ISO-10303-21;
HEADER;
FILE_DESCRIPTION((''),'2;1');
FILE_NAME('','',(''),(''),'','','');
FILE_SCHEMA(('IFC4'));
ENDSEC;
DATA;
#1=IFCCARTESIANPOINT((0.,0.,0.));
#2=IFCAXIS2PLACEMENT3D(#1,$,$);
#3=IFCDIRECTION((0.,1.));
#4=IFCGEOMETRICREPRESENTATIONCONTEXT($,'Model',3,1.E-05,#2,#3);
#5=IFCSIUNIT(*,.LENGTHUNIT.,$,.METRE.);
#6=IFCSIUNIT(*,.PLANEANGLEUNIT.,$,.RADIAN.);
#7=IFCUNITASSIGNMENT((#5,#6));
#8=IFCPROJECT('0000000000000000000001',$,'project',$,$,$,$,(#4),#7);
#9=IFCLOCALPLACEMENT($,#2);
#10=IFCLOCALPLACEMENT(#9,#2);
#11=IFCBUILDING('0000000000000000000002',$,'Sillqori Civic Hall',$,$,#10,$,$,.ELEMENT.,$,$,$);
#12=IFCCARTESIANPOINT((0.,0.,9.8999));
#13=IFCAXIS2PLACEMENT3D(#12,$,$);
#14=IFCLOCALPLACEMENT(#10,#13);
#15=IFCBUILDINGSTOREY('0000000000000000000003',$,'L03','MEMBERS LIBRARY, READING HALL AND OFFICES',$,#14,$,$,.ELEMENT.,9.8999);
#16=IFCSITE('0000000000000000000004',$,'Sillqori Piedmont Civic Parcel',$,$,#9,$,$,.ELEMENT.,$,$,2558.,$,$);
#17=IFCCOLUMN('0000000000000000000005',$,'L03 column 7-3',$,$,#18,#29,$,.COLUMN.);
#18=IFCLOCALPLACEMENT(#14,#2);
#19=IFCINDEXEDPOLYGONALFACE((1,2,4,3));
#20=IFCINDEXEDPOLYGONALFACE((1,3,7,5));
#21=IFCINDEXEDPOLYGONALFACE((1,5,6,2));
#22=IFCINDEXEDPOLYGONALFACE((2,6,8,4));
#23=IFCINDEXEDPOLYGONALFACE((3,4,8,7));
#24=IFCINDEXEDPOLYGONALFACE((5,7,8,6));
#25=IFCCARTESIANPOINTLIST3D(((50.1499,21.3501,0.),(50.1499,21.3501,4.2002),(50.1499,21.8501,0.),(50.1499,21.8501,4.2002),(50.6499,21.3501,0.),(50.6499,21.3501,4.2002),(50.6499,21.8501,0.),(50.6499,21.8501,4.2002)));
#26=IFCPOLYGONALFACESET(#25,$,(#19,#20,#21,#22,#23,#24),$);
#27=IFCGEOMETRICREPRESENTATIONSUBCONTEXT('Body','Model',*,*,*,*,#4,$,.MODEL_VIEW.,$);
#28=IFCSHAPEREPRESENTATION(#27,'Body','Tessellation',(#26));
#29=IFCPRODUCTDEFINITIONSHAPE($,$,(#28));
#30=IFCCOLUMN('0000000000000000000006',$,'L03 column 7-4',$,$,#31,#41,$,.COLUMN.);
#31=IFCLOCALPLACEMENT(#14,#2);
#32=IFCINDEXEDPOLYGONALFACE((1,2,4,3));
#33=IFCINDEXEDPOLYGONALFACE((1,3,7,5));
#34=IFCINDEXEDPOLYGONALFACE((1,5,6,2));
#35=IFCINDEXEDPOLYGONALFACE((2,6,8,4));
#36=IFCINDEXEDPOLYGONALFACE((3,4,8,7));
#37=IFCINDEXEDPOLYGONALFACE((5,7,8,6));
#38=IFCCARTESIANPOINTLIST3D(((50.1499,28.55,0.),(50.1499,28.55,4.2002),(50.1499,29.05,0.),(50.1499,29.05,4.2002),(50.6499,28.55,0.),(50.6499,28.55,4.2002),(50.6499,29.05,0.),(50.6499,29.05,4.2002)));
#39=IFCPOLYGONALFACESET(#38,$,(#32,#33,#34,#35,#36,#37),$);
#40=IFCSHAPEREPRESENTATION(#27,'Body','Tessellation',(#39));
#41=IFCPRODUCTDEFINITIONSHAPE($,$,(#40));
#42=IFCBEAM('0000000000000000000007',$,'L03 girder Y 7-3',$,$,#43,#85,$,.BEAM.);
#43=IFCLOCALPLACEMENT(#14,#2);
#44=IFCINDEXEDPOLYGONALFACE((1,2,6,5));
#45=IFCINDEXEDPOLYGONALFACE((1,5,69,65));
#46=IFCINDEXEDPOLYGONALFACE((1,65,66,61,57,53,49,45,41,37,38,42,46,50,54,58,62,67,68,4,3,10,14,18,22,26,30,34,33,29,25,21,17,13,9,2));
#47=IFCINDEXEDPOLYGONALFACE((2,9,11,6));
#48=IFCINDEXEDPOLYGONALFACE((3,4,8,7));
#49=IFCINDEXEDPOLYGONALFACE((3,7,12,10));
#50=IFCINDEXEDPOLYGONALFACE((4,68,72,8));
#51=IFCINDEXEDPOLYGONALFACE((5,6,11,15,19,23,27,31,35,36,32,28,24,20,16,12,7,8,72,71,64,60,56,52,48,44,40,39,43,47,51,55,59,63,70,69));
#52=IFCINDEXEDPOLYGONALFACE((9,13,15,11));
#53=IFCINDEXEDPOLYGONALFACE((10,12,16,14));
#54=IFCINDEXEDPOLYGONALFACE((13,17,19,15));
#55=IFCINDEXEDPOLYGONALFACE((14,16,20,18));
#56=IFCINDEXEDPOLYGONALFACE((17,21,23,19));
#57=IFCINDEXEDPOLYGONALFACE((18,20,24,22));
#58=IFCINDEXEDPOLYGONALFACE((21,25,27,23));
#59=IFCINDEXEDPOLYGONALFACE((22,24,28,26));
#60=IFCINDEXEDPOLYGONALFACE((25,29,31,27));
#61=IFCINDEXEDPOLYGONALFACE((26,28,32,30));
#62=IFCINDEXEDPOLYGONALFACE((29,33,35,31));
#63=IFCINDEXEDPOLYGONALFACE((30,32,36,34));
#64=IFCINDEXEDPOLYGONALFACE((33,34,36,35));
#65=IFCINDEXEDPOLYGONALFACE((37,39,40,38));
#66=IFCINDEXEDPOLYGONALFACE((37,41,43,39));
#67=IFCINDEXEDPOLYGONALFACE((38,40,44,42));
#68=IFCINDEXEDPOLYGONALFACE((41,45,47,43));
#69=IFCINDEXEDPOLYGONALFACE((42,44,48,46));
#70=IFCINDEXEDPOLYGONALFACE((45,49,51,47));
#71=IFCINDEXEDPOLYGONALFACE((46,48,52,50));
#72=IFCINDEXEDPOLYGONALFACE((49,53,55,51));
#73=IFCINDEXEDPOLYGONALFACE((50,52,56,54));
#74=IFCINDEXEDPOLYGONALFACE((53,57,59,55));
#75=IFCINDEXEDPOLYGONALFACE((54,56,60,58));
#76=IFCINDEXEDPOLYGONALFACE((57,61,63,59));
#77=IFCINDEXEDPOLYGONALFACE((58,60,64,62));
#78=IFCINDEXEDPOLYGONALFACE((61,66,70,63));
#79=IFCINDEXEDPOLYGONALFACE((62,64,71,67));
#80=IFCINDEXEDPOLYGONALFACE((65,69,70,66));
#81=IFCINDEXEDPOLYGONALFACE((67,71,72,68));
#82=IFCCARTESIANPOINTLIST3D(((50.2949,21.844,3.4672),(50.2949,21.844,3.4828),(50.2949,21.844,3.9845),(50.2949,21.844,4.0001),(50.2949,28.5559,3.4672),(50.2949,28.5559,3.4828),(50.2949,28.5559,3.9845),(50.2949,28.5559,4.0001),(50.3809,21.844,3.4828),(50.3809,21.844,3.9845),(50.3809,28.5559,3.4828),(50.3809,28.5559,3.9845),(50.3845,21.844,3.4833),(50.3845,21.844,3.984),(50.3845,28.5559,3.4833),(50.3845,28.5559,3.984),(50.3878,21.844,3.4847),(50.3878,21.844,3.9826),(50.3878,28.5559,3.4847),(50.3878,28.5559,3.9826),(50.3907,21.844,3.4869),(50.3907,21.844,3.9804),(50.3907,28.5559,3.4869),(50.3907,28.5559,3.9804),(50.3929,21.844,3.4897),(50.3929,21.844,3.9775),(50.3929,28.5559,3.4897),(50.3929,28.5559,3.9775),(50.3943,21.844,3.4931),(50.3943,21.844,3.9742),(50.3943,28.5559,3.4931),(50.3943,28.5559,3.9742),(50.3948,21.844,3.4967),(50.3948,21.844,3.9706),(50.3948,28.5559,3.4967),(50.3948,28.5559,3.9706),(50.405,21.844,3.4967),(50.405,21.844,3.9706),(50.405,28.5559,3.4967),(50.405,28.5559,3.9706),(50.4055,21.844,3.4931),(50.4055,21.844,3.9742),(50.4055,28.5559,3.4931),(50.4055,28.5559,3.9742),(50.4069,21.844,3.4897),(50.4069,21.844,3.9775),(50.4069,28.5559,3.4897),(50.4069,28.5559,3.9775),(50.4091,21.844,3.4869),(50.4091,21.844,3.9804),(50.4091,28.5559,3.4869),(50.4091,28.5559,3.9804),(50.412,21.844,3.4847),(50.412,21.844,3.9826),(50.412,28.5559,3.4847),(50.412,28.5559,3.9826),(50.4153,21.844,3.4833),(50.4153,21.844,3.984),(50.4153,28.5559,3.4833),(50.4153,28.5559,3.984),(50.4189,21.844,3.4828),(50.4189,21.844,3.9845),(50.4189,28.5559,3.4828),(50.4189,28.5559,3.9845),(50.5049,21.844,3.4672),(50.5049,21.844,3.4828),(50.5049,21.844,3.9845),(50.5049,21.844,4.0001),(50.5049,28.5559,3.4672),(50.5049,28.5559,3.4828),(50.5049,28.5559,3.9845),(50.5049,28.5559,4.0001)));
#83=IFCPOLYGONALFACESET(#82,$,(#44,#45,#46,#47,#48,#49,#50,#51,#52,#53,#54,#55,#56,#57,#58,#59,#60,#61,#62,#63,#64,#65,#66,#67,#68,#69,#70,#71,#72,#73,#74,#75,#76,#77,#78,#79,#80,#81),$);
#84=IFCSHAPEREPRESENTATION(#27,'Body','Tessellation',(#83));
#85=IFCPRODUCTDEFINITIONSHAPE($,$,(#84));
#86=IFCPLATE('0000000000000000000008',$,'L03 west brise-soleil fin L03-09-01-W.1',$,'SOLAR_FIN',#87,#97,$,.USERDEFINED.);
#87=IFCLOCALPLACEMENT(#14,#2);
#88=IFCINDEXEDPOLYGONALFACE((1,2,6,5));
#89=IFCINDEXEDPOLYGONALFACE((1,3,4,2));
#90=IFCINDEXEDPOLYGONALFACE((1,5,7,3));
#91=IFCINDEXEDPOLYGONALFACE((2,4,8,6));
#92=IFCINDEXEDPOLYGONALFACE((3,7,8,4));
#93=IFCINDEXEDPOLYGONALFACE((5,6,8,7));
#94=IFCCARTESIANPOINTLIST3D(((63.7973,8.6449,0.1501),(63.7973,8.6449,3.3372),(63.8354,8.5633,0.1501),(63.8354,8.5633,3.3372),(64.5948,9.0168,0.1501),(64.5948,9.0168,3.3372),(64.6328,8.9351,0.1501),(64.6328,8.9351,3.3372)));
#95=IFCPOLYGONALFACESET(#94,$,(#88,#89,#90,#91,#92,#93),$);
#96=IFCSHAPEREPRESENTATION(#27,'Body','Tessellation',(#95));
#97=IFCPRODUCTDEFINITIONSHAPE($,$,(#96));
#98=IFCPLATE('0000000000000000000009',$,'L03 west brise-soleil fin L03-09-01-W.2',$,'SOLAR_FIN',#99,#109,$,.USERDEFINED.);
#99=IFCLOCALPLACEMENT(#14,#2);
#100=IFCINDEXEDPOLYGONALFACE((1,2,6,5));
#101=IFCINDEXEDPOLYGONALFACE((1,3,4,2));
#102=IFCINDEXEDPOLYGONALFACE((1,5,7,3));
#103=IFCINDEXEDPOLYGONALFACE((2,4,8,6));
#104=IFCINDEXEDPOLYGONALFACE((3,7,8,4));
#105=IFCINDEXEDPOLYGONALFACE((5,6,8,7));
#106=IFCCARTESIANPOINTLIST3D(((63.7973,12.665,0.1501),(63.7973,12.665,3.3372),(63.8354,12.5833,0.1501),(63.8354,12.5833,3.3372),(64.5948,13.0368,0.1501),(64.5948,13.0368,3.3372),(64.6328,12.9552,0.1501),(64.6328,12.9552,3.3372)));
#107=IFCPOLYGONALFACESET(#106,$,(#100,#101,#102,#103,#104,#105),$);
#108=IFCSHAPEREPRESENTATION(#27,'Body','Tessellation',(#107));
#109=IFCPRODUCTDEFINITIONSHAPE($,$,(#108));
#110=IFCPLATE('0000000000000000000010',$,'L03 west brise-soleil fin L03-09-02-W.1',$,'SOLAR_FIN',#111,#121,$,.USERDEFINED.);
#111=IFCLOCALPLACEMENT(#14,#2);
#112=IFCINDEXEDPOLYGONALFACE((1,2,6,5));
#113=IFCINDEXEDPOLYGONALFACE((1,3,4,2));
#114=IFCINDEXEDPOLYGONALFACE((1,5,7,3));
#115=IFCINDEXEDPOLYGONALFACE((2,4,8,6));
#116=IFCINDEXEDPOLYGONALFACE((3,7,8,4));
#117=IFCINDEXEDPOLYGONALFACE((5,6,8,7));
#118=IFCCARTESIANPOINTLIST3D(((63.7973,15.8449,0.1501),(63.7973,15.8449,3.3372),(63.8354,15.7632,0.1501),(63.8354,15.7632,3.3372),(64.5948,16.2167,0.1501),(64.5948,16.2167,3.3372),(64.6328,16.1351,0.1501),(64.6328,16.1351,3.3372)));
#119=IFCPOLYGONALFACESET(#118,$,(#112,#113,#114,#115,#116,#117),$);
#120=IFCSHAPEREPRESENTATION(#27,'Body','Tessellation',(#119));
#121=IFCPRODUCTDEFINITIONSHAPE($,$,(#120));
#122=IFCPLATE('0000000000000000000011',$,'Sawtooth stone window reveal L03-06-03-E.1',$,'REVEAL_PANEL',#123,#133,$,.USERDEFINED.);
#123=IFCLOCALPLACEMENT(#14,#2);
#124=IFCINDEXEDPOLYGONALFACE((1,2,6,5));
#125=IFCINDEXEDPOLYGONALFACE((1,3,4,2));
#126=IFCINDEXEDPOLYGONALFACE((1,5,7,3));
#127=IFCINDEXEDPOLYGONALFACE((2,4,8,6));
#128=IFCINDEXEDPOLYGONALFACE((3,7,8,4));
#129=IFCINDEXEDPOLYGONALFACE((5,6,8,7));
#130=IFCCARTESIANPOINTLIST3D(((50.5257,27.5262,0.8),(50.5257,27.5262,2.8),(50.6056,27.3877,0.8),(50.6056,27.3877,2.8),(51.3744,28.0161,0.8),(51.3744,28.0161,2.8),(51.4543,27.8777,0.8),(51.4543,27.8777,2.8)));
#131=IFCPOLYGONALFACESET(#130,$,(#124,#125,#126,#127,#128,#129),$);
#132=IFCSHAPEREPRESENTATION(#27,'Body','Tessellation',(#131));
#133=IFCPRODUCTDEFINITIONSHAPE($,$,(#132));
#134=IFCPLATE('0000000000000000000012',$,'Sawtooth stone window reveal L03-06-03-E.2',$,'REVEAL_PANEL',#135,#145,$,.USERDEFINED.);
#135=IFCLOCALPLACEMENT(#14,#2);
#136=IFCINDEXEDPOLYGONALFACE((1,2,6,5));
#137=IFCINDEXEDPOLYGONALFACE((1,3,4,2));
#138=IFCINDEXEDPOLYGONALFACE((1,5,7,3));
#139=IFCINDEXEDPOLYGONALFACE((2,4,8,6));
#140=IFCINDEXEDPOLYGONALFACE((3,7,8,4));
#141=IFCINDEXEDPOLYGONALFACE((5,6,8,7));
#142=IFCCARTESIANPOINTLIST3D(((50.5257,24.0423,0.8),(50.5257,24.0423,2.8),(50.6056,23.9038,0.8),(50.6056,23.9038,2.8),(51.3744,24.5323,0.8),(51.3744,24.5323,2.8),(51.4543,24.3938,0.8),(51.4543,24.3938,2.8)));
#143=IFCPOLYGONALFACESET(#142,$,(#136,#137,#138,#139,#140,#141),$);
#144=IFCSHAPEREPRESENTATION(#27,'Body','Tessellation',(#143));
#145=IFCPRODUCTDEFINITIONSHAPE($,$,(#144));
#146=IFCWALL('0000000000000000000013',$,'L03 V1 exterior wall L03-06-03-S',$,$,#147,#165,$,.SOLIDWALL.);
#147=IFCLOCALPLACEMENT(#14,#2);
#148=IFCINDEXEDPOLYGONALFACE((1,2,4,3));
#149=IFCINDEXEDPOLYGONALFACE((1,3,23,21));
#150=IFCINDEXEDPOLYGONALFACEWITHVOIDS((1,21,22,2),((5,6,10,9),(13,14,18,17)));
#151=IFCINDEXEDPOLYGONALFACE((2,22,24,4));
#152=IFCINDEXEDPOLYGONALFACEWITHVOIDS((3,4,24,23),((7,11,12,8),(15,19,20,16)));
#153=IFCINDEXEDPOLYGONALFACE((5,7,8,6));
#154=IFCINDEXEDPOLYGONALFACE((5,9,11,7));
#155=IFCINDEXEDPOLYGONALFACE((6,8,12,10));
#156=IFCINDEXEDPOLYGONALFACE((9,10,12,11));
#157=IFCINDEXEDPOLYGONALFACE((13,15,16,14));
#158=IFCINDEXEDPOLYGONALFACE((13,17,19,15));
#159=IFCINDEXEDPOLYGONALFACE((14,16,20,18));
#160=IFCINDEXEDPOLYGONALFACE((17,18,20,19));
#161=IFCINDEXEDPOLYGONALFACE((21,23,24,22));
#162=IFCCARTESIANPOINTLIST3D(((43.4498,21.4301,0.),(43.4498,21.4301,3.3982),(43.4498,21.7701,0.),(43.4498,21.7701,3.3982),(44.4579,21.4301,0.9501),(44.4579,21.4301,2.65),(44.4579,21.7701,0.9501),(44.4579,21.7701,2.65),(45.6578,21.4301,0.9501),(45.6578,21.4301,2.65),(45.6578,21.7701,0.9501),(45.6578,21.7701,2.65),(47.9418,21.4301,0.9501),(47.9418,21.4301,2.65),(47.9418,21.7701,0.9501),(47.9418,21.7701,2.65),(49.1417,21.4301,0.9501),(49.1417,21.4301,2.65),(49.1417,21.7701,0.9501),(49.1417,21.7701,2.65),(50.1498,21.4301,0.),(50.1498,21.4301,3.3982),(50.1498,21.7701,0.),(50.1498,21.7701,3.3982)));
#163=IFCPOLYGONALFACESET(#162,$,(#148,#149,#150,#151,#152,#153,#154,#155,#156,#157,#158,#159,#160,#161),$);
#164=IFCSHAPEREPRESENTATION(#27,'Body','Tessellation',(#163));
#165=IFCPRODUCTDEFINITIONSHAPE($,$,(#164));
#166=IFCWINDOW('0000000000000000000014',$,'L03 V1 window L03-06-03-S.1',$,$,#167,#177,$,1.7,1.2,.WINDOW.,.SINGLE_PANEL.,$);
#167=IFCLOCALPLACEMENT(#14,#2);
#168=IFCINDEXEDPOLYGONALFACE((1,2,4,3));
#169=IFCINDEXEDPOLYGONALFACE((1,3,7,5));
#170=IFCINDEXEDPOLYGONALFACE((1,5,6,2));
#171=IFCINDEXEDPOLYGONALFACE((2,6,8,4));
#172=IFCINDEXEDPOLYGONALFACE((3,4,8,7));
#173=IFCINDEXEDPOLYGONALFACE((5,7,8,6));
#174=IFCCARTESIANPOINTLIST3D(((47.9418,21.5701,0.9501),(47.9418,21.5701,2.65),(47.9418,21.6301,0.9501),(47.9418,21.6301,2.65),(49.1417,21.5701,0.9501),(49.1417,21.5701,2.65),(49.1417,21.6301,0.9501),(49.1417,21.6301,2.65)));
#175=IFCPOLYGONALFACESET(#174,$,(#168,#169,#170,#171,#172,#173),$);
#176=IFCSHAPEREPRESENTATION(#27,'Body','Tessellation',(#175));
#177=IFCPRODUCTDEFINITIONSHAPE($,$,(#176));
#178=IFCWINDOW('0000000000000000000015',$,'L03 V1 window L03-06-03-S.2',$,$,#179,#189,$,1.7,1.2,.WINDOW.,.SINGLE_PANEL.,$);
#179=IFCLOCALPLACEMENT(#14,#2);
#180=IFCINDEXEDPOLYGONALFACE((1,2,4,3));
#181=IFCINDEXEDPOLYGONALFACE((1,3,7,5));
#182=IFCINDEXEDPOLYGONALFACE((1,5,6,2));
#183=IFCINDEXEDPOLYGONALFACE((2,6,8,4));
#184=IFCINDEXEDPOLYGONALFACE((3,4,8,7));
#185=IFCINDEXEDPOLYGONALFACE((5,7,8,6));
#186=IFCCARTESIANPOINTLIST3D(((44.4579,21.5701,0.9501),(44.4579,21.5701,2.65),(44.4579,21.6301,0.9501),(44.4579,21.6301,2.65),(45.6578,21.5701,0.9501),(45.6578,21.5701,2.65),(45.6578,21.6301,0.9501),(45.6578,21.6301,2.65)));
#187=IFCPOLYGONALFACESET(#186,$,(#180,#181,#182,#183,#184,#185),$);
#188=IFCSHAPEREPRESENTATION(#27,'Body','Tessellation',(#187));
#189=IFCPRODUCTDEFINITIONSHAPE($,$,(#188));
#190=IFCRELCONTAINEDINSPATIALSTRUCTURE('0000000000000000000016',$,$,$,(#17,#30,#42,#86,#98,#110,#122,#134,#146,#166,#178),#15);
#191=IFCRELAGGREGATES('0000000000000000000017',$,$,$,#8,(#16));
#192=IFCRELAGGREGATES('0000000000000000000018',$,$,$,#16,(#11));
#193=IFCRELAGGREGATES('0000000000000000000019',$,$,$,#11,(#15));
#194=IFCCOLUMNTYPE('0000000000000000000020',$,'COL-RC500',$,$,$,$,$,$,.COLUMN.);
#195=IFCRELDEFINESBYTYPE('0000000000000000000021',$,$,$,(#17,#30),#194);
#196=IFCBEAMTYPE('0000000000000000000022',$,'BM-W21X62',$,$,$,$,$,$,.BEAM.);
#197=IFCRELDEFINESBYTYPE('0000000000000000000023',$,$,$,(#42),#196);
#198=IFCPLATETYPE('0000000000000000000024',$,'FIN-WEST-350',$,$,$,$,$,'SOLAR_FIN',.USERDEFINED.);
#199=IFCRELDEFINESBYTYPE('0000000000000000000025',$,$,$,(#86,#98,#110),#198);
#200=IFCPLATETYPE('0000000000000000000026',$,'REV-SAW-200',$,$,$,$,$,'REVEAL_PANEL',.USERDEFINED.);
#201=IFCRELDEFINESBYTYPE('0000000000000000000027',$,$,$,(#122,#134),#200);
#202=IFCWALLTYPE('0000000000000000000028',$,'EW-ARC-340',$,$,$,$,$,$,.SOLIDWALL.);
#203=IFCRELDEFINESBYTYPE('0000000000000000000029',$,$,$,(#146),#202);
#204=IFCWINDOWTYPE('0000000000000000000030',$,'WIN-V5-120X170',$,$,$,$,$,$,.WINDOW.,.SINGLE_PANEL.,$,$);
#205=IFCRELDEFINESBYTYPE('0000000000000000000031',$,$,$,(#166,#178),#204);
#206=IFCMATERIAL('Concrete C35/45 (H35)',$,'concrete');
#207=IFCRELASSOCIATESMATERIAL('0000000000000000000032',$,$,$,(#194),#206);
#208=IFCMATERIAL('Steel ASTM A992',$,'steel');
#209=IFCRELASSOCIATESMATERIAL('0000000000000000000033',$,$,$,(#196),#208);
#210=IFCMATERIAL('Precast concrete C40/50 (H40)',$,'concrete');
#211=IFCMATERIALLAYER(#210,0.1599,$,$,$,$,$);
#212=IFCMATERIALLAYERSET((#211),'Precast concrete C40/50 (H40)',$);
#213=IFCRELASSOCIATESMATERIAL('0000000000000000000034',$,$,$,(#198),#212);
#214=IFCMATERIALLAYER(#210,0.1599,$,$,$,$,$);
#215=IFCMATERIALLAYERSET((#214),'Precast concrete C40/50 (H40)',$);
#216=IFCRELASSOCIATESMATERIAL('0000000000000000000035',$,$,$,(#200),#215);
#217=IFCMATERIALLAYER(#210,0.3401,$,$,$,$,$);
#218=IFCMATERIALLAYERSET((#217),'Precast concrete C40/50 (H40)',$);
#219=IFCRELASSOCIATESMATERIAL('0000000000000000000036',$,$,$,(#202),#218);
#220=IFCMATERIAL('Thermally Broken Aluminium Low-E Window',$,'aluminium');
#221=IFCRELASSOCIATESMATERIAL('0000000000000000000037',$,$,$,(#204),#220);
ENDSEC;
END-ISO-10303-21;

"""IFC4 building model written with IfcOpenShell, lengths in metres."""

from ifc_helpers import new_model, si_unit, direction, frame, frame_2d, origin, origin_2d, place, context, subcontext, project, spatial, rectangle, i_section, extrude, material, layer, layer_set, material_profile, profile_set, type_object, element, fill, save


model = new_model("IFC4")

# Units and contexts
model_context = context("Model", 3, precision=1e-05, world=origin(), true_north=direction((0.0, 1.0)))
body_context = subcontext(model_context, "Body", "Model", "MODEL_VIEW")
ifc_project = project(units=[si_unit("LENGTHUNIT", "METRE"), si_unit("PLANEANGLEUNIT", "RADIAN")], contexts=[model_context])

# Site, building, storey
site_placement = place(None, origin())
site = spatial("IfcSite", under=ifc_project, at=site_placement, Name="Sillqori Piedmont Civic Parcel", CompositionType="ELEMENT", RefElevation=2558.0)
building_placement = place(site_placement, origin())
building = spatial("IfcBuilding", under=site, at=building_placement, Name="Sillqori Civic Hall", CompositionType="ELEMENT")
storey_placement = place(building_placement, frame((0.0, 0.0, 9.8999)))
storey = spatial("IfcBuildingStorey", under=building, at=storey_placement, Name="L03", Description="MEMBERS LIBRARY, READING HALL AND OFFICES", CompositionType="ELEMENT", Elevation=9.8999)

# Columns
ifc_material_1 = material(Name="Concrete C35/45 (H35)", Category="concrete")
ifc_material_profile_1 = material_profile(ifc_material_1, rectangle(XDim=0.5, YDim=0.5, at=origin_2d()), Name="RC 500x500")
ifc_profile_set_1 = profile_set([ifc_material_profile_1], Name="Concrete C35/45 (H35)")
column_type = type_object("IfcColumnType", Name="COL-RC500", PredefinedType="COLUMN", material=ifc_profile_set_1)
for number, where, z_axis, x_axis, name in (
    (1, (50.3999, 21.6001, 0.0), (0.0, 0.0, 1.0), (1.0, 0.0, 0.0), "L03 column 7-3"),
    (2, (50.3999, 28.8, 0.0), (0.0, 0.0, 1.0), (1.0, 0.0, 0.0), "L03 column 7-4"),
):
    element("IfcColumn", number, at=place(storey_placement, frame(where, z_axis=z_axis, x_axis=x_axis)), inside=storey, type_object=column_type, Name=name, PredefinedType="COLUMN", context=body_context, shape_type="SweptSolid", body=[
        extrude(rectangle(XDim=0.5, YDim=0.5, at=origin_2d()), origin(), (0.0, 0.0, 1.0), 4.2002),
    ])

# Beam
ifc_material_2 = material(Name="Steel ASTM A992", Category="steel")
ifc_material_profile_2 = material_profile(ifc_material_2, i_section(OverallWidth=0.21, OverallDepth=0.533, WebThickness=0.0103, FlangeThickness=0.0156, FilletRadius=0.0139, at=origin_2d()), Name="W21X62")
ifc_profile_set_2 = profile_set([ifc_material_profile_2], Name="Steel ASTM A992")
beam_type = type_object("IfcBeamType", Name="BM-W21X62", PredefinedType="BEAM", material=ifc_profile_set_2)
beam_placement = place(storey_placement, frame((50.3999, 21.844, 3.7336), z_axis=(0.0, 1.0, 0.0), x_axis=(-1.0, 0.0, 0.0)))
element("IfcBeam", 3, at=beam_placement, inside=storey, type_object=beam_type, Name="L03 girder Y 7-3", PredefinedType="BEAM", context=body_context, shape_type="SweptSolid", body=[
    extrude(i_section(OverallWidth=0.21, OverallDepth=0.533, WebThickness=0.0103, FlangeThickness=0.0156, FilletRadius=0.0139, at=origin_2d()), origin(), (0.0, 0.0, 1.0), 6.7119),
])

# Plates
ifc_material_3 = material(Name="Precast concrete C40/50 (H40)", Category="concrete")
ifc_layer_1 = layer(ifc_material_3, 0.1599)
ifc_layer_set_1 = layer_set([ifc_layer_1], Name="Precast concrete C40/50 (H40)")
plate_type_1 = type_object("IfcPlateType", Name="FIN-WEST-350", ElementType="SOLAR_FIN", PredefinedType="USERDEFINED", material=ifc_layer_set_1)
for number, where, z_axis, x_axis, name in (
    (4, (64.2151, 8.79, 0.1501), (0.0, 0.0, 1.0), (-0.422618, 0.906308, 0.0), "L03 west brise-soleil fin L03-09-01-W.1"),
    (5, (64.2151, 12.8101, 0.1501), (0.0, 0.0, 1.0), (-0.422618, 0.906308, 0.0), "L03 west brise-soleil fin L03-09-01-W.2"),
    (6, (64.2151, 15.99, 0.1501), (0.0, 0.0, 1.0), (-0.422618, 0.906308, 0.0), "L03 west brise-soleil fin L03-09-02-W.1"),
):
    element("IfcPlate", number, at=place(storey_placement, frame(where, z_axis=z_axis, x_axis=x_axis)), inside=storey, type_object=plate_type_1, Name=name, ObjectType="SOLAR_FIN", PredefinedType="USERDEFINED", context=body_context, shape_type="SweptSolid", body=[
        extrude(rectangle(XDim=0.0901, YDim=0.8799, at=origin_2d()), origin(), (0.0, 0.0, 1.0), 3.187),
    ])
ifc_layer_2 = layer(ifc_material_3, 0.1599)
ifc_layer_set_2 = layer_set([ifc_layer_2], Name="Precast concrete C40/50 (H40)")
plate_type_2 = type_object("IfcPlateType", Name="REV-SAW-200", ElementType="REVEAL_PANEL", PredefinedType="USERDEFINED", material=ifc_layer_set_2)
for number, where, z_axis, x_axis, name in (
    (7, (50.99, 27.7019, 0.8), (0.0, 0.0, 1.0), (0.5, -0.866025, 0.0), "Sawtooth stone window reveal L03-06-03-E.1"),
    (8, (50.99, 24.218, 0.8), (0.0, 0.0, 1.0), (0.5, -0.866025, 0.0), "Sawtooth stone window reveal L03-06-03-E.2"),
):
    element("IfcPlate", number, at=place(storey_placement, frame(where, z_axis=z_axis, x_axis=x_axis)), inside=storey, type_object=plate_type_2, Name=name, ObjectType="REVEAL_PANEL", PredefinedType="USERDEFINED", context=body_context, shape_type="SweptSolid", body=[
        extrude(rectangle(XDim=0.1599, YDim=0.98, at=origin_2d()), origin(), (0.0, 0.0, 1.0), 2.0),
    ])

# Wall, openings, windows
ifc_layer_3 = layer(ifc_material_3, 0.3401)
ifc_layer_set_3 = layer_set([ifc_layer_3], Name="Precast concrete C40/50 (H40)")
wall_type = type_object("IfcWallType", Name="EW-ARC-340", PredefinedType="SOLIDWALL", material=ifc_layer_set_3)
wall_1_placement = place(storey_placement, frame((50.1499, 21.6001, 0.0), z_axis=(0.0, 0.0, 1.0), x_axis=(-1.0, 0.0, 0.0)))
wall_1 = element("IfcWall", 9, at=wall_1_placement, inside=storey, type_object=wall_type, Name="L03 V1 exterior wall L03-06-03-S", PredefinedType="SOLIDWALL", context=body_context, shape_type="SweptSolid", body=[
    extrude(rectangle(XDim=6.7, YDim=0.3401, at=frame_2d((3.3501, 0.0))), origin(), (0.0, 0.0, 1.0), 3.3982),
])
opening_1_placement = place(wall_1_placement, frame((1.0081, 0.0, 0.95)))
opening_1 = element("IfcOpeningElement", 10, at=opening_1_placement, cuts=wall_1, PredefinedType="OPENING", context=body_context, shape_type="SweptSolid", body=[
    extrude(rectangle(XDim=1.2, YDim=1.7, at=frame_2d((0.6001, 0.8501))), frame((0.0, 0.1799, 0.0), z_axis=(0.0, -1.0, 0.0), x_axis=(1.0, 0.0, 0.0)), (0.0, 0.0, 1.0), 0.3601),
])
opening_2_placement = place(wall_1_placement, frame((4.4919, 0.0, 0.95)))
opening_2 = element("IfcOpeningElement", 11, at=opening_2_placement, cuts=wall_1, PredefinedType="OPENING", context=body_context, shape_type="SweptSolid", body=[
    extrude(rectangle(XDim=1.2, YDim=1.7, at=frame_2d((0.6001, 0.8501))), frame((0.0, 0.1799, 0.0), z_axis=(0.0, -1.0, 0.0), x_axis=(1.0, 0.0, 0.0)), (0.0, 0.0, 1.0), 0.3601),
])
ifc_material_4 = material(Name="Thermally Broken Aluminium Low-E Window", Category="aluminium")
window_type = type_object("IfcWindowType", Name="WIN-V5-120X170", PartitioningType="SINGLE_PANEL", PredefinedType="WINDOW", material=ifc_material_4)
window_1_placement = place(opening_1_placement, origin())
window_1 = element("IfcWindow", 12, at=window_1_placement, inside=storey, type_object=window_type, Name="L03 V1 window L03-06-03-S.1", OverallHeight=1.7, OverallWidth=1.2, PartitioningType="SINGLE_PANEL", PredefinedType="WINDOW", context=body_context, shape_type="SweptSolid", body=[
    extrude(rectangle(XDim=1.2, YDim=1.7, at=frame_2d((0.6001, 0.8501))), frame((0.0, 0.03, 0.0), z_axis=(0.0, -1.0, 0.0), x_axis=(1.0, 0.0, 0.0)), (0.0, 0.0, 1.0), 0.0601),
])
fill(opening_1, window_1)
window_2_placement = place(opening_2_placement, origin())
window_2 = element("IfcWindow", 13, at=window_2_placement, inside=storey, type_object=window_type, Name="L03 V1 window L03-06-03-S.2", OverallHeight=1.7, OverallWidth=1.2, PartitioningType="SINGLE_PANEL", PredefinedType="WINDOW", context=body_context, shape_type="SweptSolid", body=[
    extrude(rectangle(XDim=1.2, YDim=1.7, at=frame_2d((0.6001, 0.8501))), frame((0.0, 0.03, 0.0), z_axis=(0.0, -1.0, 0.0), x_axis=(1.0, 0.0, 0.0)), (0.0, 0.0, 1.0), 0.0601),
])
fill(opening_2, window_2)

save(model, "model.ifc")
